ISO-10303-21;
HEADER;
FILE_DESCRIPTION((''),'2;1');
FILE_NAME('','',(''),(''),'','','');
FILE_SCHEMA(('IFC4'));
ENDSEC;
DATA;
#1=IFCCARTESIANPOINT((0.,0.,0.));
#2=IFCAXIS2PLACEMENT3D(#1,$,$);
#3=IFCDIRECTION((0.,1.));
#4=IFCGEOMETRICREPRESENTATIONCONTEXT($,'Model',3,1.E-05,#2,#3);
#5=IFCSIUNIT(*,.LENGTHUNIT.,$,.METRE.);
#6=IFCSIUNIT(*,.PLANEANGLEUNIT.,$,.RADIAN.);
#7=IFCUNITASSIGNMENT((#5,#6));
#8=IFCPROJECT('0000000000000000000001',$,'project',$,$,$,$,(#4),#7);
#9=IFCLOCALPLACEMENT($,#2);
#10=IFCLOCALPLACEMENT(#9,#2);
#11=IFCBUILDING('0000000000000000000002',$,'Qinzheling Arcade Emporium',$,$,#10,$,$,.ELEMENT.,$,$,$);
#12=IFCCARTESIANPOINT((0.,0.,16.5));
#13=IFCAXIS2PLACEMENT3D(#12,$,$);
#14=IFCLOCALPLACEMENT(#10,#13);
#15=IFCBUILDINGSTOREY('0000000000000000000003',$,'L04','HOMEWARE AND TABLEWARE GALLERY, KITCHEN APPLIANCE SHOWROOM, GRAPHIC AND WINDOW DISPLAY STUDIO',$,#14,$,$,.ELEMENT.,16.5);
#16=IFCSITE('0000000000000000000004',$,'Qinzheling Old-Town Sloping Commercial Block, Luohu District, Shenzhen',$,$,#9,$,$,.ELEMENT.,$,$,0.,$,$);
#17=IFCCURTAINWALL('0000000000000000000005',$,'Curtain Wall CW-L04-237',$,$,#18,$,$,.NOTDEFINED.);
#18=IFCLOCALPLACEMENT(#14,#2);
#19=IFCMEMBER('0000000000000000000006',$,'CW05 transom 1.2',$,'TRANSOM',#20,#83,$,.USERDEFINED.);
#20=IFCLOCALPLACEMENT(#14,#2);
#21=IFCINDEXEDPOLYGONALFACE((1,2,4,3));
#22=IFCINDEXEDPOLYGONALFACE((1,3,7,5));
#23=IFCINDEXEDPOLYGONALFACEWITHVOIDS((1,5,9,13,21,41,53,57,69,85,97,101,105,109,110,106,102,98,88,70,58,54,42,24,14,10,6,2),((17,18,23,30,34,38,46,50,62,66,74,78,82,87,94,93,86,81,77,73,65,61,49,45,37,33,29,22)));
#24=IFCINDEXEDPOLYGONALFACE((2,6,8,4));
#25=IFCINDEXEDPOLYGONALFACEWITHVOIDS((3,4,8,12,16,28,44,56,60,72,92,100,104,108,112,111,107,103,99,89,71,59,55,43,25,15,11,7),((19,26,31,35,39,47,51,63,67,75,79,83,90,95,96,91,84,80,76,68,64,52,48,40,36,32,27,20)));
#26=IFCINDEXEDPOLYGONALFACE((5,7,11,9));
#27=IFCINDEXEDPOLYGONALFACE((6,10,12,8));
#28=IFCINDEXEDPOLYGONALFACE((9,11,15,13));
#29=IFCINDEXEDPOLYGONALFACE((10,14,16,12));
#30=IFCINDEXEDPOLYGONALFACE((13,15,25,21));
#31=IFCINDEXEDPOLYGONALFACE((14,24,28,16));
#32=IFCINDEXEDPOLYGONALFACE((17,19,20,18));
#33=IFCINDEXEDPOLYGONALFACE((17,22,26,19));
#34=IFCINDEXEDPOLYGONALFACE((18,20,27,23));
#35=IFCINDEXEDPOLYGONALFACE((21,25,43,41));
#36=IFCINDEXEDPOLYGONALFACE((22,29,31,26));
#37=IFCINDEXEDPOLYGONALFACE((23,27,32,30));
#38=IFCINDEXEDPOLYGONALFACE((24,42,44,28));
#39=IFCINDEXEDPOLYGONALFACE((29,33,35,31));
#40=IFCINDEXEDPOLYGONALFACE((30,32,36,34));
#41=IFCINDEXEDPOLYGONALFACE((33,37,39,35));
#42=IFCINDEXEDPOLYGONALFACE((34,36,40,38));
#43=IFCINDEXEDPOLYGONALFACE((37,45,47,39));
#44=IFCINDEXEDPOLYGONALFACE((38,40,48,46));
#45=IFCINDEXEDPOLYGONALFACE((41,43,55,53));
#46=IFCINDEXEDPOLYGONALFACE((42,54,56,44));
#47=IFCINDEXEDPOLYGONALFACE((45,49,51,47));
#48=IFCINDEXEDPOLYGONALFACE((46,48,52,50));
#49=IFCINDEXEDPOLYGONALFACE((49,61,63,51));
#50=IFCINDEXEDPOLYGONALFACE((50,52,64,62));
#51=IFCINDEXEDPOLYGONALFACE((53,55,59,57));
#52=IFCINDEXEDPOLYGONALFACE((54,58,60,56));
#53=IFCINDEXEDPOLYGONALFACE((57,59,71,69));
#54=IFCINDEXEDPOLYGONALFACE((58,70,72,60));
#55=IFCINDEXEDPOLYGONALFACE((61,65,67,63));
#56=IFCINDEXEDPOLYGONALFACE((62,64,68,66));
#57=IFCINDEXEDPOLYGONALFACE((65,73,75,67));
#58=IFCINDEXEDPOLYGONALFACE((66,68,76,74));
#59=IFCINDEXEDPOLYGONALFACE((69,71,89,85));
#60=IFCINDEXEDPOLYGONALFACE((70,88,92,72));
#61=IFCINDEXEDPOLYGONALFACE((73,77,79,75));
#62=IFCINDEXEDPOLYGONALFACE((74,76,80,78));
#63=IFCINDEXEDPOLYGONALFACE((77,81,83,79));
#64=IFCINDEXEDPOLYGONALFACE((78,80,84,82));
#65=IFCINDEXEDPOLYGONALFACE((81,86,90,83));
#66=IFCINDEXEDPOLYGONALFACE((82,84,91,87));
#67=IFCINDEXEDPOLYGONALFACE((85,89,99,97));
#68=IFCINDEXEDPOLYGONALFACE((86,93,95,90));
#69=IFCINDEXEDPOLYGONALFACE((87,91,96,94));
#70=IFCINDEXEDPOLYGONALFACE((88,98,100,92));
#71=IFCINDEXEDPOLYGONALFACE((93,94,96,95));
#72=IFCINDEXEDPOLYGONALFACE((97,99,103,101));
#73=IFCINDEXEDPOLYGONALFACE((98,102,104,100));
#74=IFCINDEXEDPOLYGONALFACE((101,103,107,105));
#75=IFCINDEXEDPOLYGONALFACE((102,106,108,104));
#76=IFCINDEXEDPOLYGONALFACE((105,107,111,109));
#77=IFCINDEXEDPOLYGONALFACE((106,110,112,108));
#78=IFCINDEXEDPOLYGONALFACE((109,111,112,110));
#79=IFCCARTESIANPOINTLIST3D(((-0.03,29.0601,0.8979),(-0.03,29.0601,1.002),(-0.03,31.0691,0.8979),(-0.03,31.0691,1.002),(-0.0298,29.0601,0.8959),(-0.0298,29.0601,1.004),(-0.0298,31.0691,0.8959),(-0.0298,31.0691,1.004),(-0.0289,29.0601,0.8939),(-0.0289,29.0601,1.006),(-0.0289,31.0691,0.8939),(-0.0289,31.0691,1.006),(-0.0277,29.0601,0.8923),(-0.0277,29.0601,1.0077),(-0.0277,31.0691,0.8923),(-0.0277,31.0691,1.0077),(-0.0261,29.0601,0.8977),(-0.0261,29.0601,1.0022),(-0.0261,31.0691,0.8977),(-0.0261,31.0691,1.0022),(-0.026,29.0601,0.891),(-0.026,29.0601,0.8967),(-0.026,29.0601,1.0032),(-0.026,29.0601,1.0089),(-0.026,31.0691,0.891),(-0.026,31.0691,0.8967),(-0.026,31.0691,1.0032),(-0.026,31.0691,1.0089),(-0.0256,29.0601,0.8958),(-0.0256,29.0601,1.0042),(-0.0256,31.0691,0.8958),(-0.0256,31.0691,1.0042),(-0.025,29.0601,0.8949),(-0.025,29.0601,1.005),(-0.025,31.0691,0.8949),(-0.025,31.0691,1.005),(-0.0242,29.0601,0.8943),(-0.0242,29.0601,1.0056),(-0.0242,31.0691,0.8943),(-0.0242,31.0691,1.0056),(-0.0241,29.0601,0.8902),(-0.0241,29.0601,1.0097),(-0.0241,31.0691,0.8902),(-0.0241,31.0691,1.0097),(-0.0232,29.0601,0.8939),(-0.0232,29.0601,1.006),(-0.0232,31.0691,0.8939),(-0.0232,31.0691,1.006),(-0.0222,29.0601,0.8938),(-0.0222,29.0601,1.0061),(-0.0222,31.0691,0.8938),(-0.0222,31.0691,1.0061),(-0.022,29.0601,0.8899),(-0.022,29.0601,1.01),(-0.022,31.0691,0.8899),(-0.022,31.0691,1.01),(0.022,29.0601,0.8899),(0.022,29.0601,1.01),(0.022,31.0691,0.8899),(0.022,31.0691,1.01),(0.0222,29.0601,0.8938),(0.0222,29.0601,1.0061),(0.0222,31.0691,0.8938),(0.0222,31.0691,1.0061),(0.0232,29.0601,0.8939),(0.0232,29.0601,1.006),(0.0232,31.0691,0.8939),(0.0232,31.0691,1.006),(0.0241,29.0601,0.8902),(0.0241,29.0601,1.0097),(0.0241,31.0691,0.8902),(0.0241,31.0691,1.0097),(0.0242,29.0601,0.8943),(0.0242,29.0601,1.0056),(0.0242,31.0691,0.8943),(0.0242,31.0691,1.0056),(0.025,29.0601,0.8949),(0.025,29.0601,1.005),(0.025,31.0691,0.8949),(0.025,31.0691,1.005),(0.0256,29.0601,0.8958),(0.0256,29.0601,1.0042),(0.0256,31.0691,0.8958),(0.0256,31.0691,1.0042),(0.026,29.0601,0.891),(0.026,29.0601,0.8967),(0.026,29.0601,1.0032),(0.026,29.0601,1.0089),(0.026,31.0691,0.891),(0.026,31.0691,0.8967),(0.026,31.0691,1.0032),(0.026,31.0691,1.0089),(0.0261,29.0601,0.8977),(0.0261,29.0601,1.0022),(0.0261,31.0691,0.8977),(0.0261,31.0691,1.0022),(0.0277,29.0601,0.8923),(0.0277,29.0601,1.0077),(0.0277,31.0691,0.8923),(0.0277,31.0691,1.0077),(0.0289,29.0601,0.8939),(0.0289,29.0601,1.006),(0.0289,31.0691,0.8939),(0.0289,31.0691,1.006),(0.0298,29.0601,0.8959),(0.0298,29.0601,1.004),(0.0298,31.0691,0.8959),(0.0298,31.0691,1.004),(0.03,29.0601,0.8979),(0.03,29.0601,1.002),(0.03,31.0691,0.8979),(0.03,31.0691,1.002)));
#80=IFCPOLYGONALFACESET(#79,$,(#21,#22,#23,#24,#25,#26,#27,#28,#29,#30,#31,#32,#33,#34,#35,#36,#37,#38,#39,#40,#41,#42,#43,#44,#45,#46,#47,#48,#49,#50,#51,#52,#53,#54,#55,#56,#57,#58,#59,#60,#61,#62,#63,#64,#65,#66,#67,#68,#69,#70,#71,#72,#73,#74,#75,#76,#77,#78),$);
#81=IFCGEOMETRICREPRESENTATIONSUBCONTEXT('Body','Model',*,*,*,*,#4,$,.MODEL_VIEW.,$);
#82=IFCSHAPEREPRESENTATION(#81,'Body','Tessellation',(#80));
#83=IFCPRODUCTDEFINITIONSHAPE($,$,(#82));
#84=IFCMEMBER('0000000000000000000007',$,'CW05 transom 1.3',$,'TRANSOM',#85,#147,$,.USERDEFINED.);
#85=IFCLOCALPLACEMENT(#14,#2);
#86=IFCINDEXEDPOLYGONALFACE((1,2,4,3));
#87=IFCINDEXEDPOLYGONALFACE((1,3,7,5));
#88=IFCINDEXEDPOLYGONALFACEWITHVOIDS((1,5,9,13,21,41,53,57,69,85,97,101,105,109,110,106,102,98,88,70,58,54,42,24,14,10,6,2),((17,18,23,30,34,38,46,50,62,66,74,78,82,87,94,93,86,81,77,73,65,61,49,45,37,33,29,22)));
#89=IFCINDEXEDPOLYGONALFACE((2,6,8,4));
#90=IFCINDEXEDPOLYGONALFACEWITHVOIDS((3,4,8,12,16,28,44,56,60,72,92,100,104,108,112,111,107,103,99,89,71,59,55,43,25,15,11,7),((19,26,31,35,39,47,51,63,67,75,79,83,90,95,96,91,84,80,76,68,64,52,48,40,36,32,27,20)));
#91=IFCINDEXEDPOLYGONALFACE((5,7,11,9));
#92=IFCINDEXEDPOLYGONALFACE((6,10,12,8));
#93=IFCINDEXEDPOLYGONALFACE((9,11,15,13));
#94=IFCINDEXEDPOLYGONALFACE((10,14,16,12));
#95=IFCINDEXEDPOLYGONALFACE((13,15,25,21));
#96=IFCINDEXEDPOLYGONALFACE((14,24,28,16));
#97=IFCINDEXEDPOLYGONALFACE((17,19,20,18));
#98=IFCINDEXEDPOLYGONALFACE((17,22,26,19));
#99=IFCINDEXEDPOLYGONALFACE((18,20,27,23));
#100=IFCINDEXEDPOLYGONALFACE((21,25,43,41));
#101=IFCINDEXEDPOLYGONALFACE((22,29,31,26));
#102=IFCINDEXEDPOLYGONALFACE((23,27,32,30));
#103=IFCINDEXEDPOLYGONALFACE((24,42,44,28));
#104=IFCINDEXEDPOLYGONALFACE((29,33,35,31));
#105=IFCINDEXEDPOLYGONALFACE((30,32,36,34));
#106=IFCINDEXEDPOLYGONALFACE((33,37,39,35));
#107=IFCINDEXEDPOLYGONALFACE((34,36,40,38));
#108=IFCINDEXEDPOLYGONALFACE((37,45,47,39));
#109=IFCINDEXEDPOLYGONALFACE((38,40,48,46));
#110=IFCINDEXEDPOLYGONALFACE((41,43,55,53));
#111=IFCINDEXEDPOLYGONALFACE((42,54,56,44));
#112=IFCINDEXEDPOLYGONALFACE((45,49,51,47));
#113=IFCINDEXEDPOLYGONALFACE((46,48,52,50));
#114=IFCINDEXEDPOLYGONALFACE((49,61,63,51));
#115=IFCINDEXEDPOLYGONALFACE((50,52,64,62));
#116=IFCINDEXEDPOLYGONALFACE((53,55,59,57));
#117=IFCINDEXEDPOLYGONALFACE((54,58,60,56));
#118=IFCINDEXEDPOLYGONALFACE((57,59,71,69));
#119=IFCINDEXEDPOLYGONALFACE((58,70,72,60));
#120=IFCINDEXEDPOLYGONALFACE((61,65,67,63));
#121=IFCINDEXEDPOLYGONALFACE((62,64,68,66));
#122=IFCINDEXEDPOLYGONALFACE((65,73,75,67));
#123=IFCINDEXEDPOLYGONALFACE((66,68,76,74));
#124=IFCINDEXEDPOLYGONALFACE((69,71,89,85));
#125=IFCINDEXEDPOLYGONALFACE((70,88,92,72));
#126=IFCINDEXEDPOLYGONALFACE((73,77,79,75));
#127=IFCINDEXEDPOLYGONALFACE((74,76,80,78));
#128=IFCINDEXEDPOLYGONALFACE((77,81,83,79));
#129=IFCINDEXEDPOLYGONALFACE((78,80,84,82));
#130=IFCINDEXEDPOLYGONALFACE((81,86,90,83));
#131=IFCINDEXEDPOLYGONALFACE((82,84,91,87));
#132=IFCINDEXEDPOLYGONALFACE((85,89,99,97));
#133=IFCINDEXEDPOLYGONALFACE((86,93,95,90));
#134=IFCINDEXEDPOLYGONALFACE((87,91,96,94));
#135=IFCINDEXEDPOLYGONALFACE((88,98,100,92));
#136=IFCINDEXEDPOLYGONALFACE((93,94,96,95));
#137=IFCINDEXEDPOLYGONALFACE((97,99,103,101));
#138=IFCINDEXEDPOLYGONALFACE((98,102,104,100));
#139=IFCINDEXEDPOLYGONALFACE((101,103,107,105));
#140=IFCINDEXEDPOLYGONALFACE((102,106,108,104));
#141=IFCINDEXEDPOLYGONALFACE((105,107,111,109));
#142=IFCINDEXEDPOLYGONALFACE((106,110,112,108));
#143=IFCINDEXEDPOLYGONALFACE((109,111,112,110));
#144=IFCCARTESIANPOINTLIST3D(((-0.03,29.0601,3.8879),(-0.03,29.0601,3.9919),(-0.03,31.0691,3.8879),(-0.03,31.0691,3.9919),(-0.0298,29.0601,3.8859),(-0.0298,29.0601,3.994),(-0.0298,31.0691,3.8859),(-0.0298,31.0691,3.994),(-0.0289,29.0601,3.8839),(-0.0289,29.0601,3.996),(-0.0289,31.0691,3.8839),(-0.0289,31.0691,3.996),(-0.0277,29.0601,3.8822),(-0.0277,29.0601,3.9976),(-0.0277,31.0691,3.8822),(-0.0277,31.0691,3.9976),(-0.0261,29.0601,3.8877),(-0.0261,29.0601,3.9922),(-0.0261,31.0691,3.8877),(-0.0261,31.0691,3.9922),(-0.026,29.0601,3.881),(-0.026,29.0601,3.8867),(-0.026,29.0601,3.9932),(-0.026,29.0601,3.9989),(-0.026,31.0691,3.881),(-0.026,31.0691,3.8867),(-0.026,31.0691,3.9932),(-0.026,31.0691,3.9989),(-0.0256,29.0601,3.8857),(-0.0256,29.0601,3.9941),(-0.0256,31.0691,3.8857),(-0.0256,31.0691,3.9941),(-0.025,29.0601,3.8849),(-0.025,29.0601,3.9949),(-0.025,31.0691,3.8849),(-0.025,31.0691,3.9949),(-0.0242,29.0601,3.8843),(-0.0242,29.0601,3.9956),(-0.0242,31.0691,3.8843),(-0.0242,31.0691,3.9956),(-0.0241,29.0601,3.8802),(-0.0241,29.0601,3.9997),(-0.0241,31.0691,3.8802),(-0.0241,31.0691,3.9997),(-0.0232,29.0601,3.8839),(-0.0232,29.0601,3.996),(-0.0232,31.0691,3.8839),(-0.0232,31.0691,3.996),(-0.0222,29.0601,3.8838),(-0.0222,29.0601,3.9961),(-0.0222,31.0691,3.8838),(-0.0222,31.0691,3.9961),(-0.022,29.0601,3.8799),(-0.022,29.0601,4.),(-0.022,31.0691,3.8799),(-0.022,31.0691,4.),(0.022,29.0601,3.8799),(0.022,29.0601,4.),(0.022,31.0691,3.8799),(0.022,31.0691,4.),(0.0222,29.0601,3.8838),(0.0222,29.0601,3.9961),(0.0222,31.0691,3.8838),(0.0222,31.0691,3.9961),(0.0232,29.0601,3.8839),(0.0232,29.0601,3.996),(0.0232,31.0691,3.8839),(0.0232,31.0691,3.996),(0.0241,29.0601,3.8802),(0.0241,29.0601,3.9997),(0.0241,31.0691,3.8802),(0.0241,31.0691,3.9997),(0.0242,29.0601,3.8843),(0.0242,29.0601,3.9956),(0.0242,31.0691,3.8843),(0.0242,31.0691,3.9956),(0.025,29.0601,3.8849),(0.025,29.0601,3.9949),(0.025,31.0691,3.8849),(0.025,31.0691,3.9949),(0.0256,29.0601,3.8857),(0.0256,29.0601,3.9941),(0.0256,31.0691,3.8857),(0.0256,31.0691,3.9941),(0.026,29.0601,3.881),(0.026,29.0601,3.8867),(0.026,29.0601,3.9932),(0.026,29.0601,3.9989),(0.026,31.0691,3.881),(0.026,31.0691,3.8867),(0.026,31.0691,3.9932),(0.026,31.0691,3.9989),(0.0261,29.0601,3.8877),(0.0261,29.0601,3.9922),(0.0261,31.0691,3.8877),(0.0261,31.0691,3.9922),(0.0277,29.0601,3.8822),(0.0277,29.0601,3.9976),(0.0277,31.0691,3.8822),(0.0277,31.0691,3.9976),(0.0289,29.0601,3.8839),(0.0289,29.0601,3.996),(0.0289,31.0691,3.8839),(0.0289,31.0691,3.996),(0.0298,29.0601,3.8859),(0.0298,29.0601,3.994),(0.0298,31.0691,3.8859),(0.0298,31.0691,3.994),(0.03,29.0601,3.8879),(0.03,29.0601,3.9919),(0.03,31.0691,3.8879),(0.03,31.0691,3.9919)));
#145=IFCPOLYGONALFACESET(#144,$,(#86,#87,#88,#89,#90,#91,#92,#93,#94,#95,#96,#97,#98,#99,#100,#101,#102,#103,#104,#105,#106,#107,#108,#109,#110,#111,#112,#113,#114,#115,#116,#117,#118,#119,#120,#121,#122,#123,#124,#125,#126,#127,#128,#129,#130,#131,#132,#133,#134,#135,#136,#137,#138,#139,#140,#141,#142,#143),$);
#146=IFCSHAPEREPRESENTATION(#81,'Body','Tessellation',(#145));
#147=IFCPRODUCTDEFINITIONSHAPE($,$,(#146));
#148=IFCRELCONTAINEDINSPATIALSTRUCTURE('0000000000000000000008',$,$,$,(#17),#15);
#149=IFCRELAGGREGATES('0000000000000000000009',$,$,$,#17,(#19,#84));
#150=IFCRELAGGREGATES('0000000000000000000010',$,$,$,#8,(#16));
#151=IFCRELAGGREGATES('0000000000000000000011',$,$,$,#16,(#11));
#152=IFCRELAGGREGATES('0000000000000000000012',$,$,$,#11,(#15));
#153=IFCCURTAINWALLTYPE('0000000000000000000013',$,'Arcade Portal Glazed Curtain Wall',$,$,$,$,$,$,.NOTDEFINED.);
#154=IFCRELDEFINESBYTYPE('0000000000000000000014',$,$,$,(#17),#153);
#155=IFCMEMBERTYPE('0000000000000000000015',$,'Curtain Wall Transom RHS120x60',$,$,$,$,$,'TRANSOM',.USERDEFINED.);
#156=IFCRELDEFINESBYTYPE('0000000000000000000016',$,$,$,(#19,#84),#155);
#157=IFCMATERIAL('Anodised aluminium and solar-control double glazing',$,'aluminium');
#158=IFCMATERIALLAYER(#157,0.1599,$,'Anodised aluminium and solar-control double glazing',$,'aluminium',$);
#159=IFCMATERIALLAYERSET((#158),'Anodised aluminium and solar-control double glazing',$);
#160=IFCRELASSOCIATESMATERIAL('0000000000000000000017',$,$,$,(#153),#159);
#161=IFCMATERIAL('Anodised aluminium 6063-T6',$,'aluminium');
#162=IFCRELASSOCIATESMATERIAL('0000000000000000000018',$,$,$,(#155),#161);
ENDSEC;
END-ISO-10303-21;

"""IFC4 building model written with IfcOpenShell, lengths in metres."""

from ifc_helpers import new_model, si_unit, direction, frame, origin, origin_2d, place, context, subcontext, project, spatial, hollow_rectangle, extrude, material, layer, layer_set, material_profile, profile_set, type_object, element, aggregate, save


model = new_model("IFC4")

# Units and contexts
model_context = context("Model", 3, precision=1e-05, world=origin(), true_north=direction((0.0, 1.0)))
body_context = subcontext(model_context, "Body", "Model", "MODEL_VIEW")
ifc_project = project(units=[si_unit("LENGTHUNIT", "METRE"), si_unit("PLANEANGLEUNIT", "RADIAN")], contexts=[model_context])

# Site, building, storey
site_placement = place(None, origin())
site = spatial("IfcSite", under=ifc_project, at=site_placement, Name="Qinzheling Old-Town Sloping Commercial Block, Luohu District, Shenzhen", CompositionType="ELEMENT", RefElevation=0.0)
building_placement = place(site_placement, origin())
building = spatial("IfcBuilding", under=site, at=building_placement, Name="Qinzheling Arcade Emporium", CompositionType="ELEMENT")
storey_placement = place(building_placement, frame((0.0, 0.0, 16.5)))
storey = spatial("IfcBuildingStorey", under=building, at=storey_placement, Name="L04", Description="HOMEWARE AND TABLEWARE GALLERY, KITCHEN APPLIANCE SHOWROOM, GRAPHIC AND WINDOW DISPLAY STUDIO", CompositionType="ELEMENT", Elevation=16.5)

# Shared definitions
ifc_material_1 = material(Name="Anodised aluminium and solar-control double glazing", Category="aluminium")
ifc_layer_1 = layer(ifc_material_1, 0.1599, Name="Anodised aluminium and solar-control double glazing", Category="aluminium")
ifc_layer_set_1 = layer_set([ifc_layer_1], Name="Anodised aluminium and solar-control double glazing")
curtain_wall_type = type_object("IfcCurtainWallType", Name="Arcade Portal Glazed Curtain Wall", PredefinedType="NOTDEFINED", material=ifc_layer_set_1)
ifc_material_2 = material(Name="Anodised aluminium 6063-T6", Category="aluminium")

# Curtain wall
curtain_wall_1_placement = place(storey_placement, origin())
curtain_wall_1 = element("IfcCurtainWall", 1, at=curtain_wall_1_placement, inside=storey, type_object=curtain_wall_type, Name="Curtain Wall CW-L04-237", PredefinedType="NOTDEFINED")

# Members
ifc_material_profile_1 = material_profile(ifc_material_2, hollow_rectangle(XDim=0.0601, YDim=0.1201, WallThickness=0.0039, InnerFilletRadius=0.0039, OuterFilletRadius=0.0081, at=origin_2d()), Name="RHS 120x60x4", Category="aluminium")
ifc_profile_set_1 = profile_set([ifc_material_profile_1], Name="Anodised aluminium 6063-T6")
member_type_1 = type_object("IfcMemberType", Name="Curtain Wall Transom RHS120x60", ElementType="TRANSOM", PredefinedType="USERDEFINED", material=ifc_profile_set_1)
member_1_placement = place(storey_placement, frame((0.0, 29.0601, 0.95), z_axis=(0.0, 1.0, 0.0), x_axis=(-1.0, 0.0, 0.0)))
member_1 = element("IfcMember", 2, at=member_1_placement, type_object=member_type_1, Name="CW05 transom 1.2", ObjectType="TRANSOM", PredefinedType="USERDEFINED", context=body_context, shape_type="SweptSolid", body=[
    extrude(hollow_rectangle(XDim=0.0601, YDim=0.1201, WallThickness=0.0039, InnerFilletRadius=0.0039, OuterFilletRadius=0.0081, at=origin_2d()), origin(), (0.0, 0.0, 1.0), 2.009),
])
member_2_placement = place(storey_placement, frame((0.0, 29.0601, 3.9399), z_axis=(0.0, 1.0, 0.0), x_axis=(-1.0, 0.0, 0.0)))
member_2 = element("IfcMember", 3, at=member_2_placement, type_object=member_type_1, Name="CW05 transom 1.3", ObjectType="TRANSOM", PredefinedType="USERDEFINED", context=body_context, shape_type="SweptSolid", body=[
    extrude(hollow_rectangle(XDim=0.0601, YDim=0.1201, WallThickness=0.0039, InnerFilletRadius=0.0039, OuterFilletRadius=0.0081, at=origin_2d()), origin(), (0.0, 0.0, 1.0), 2.009),
])

aggregate(curtain_wall_1, [member_1, member_2])

save(model, "model.ifc")
